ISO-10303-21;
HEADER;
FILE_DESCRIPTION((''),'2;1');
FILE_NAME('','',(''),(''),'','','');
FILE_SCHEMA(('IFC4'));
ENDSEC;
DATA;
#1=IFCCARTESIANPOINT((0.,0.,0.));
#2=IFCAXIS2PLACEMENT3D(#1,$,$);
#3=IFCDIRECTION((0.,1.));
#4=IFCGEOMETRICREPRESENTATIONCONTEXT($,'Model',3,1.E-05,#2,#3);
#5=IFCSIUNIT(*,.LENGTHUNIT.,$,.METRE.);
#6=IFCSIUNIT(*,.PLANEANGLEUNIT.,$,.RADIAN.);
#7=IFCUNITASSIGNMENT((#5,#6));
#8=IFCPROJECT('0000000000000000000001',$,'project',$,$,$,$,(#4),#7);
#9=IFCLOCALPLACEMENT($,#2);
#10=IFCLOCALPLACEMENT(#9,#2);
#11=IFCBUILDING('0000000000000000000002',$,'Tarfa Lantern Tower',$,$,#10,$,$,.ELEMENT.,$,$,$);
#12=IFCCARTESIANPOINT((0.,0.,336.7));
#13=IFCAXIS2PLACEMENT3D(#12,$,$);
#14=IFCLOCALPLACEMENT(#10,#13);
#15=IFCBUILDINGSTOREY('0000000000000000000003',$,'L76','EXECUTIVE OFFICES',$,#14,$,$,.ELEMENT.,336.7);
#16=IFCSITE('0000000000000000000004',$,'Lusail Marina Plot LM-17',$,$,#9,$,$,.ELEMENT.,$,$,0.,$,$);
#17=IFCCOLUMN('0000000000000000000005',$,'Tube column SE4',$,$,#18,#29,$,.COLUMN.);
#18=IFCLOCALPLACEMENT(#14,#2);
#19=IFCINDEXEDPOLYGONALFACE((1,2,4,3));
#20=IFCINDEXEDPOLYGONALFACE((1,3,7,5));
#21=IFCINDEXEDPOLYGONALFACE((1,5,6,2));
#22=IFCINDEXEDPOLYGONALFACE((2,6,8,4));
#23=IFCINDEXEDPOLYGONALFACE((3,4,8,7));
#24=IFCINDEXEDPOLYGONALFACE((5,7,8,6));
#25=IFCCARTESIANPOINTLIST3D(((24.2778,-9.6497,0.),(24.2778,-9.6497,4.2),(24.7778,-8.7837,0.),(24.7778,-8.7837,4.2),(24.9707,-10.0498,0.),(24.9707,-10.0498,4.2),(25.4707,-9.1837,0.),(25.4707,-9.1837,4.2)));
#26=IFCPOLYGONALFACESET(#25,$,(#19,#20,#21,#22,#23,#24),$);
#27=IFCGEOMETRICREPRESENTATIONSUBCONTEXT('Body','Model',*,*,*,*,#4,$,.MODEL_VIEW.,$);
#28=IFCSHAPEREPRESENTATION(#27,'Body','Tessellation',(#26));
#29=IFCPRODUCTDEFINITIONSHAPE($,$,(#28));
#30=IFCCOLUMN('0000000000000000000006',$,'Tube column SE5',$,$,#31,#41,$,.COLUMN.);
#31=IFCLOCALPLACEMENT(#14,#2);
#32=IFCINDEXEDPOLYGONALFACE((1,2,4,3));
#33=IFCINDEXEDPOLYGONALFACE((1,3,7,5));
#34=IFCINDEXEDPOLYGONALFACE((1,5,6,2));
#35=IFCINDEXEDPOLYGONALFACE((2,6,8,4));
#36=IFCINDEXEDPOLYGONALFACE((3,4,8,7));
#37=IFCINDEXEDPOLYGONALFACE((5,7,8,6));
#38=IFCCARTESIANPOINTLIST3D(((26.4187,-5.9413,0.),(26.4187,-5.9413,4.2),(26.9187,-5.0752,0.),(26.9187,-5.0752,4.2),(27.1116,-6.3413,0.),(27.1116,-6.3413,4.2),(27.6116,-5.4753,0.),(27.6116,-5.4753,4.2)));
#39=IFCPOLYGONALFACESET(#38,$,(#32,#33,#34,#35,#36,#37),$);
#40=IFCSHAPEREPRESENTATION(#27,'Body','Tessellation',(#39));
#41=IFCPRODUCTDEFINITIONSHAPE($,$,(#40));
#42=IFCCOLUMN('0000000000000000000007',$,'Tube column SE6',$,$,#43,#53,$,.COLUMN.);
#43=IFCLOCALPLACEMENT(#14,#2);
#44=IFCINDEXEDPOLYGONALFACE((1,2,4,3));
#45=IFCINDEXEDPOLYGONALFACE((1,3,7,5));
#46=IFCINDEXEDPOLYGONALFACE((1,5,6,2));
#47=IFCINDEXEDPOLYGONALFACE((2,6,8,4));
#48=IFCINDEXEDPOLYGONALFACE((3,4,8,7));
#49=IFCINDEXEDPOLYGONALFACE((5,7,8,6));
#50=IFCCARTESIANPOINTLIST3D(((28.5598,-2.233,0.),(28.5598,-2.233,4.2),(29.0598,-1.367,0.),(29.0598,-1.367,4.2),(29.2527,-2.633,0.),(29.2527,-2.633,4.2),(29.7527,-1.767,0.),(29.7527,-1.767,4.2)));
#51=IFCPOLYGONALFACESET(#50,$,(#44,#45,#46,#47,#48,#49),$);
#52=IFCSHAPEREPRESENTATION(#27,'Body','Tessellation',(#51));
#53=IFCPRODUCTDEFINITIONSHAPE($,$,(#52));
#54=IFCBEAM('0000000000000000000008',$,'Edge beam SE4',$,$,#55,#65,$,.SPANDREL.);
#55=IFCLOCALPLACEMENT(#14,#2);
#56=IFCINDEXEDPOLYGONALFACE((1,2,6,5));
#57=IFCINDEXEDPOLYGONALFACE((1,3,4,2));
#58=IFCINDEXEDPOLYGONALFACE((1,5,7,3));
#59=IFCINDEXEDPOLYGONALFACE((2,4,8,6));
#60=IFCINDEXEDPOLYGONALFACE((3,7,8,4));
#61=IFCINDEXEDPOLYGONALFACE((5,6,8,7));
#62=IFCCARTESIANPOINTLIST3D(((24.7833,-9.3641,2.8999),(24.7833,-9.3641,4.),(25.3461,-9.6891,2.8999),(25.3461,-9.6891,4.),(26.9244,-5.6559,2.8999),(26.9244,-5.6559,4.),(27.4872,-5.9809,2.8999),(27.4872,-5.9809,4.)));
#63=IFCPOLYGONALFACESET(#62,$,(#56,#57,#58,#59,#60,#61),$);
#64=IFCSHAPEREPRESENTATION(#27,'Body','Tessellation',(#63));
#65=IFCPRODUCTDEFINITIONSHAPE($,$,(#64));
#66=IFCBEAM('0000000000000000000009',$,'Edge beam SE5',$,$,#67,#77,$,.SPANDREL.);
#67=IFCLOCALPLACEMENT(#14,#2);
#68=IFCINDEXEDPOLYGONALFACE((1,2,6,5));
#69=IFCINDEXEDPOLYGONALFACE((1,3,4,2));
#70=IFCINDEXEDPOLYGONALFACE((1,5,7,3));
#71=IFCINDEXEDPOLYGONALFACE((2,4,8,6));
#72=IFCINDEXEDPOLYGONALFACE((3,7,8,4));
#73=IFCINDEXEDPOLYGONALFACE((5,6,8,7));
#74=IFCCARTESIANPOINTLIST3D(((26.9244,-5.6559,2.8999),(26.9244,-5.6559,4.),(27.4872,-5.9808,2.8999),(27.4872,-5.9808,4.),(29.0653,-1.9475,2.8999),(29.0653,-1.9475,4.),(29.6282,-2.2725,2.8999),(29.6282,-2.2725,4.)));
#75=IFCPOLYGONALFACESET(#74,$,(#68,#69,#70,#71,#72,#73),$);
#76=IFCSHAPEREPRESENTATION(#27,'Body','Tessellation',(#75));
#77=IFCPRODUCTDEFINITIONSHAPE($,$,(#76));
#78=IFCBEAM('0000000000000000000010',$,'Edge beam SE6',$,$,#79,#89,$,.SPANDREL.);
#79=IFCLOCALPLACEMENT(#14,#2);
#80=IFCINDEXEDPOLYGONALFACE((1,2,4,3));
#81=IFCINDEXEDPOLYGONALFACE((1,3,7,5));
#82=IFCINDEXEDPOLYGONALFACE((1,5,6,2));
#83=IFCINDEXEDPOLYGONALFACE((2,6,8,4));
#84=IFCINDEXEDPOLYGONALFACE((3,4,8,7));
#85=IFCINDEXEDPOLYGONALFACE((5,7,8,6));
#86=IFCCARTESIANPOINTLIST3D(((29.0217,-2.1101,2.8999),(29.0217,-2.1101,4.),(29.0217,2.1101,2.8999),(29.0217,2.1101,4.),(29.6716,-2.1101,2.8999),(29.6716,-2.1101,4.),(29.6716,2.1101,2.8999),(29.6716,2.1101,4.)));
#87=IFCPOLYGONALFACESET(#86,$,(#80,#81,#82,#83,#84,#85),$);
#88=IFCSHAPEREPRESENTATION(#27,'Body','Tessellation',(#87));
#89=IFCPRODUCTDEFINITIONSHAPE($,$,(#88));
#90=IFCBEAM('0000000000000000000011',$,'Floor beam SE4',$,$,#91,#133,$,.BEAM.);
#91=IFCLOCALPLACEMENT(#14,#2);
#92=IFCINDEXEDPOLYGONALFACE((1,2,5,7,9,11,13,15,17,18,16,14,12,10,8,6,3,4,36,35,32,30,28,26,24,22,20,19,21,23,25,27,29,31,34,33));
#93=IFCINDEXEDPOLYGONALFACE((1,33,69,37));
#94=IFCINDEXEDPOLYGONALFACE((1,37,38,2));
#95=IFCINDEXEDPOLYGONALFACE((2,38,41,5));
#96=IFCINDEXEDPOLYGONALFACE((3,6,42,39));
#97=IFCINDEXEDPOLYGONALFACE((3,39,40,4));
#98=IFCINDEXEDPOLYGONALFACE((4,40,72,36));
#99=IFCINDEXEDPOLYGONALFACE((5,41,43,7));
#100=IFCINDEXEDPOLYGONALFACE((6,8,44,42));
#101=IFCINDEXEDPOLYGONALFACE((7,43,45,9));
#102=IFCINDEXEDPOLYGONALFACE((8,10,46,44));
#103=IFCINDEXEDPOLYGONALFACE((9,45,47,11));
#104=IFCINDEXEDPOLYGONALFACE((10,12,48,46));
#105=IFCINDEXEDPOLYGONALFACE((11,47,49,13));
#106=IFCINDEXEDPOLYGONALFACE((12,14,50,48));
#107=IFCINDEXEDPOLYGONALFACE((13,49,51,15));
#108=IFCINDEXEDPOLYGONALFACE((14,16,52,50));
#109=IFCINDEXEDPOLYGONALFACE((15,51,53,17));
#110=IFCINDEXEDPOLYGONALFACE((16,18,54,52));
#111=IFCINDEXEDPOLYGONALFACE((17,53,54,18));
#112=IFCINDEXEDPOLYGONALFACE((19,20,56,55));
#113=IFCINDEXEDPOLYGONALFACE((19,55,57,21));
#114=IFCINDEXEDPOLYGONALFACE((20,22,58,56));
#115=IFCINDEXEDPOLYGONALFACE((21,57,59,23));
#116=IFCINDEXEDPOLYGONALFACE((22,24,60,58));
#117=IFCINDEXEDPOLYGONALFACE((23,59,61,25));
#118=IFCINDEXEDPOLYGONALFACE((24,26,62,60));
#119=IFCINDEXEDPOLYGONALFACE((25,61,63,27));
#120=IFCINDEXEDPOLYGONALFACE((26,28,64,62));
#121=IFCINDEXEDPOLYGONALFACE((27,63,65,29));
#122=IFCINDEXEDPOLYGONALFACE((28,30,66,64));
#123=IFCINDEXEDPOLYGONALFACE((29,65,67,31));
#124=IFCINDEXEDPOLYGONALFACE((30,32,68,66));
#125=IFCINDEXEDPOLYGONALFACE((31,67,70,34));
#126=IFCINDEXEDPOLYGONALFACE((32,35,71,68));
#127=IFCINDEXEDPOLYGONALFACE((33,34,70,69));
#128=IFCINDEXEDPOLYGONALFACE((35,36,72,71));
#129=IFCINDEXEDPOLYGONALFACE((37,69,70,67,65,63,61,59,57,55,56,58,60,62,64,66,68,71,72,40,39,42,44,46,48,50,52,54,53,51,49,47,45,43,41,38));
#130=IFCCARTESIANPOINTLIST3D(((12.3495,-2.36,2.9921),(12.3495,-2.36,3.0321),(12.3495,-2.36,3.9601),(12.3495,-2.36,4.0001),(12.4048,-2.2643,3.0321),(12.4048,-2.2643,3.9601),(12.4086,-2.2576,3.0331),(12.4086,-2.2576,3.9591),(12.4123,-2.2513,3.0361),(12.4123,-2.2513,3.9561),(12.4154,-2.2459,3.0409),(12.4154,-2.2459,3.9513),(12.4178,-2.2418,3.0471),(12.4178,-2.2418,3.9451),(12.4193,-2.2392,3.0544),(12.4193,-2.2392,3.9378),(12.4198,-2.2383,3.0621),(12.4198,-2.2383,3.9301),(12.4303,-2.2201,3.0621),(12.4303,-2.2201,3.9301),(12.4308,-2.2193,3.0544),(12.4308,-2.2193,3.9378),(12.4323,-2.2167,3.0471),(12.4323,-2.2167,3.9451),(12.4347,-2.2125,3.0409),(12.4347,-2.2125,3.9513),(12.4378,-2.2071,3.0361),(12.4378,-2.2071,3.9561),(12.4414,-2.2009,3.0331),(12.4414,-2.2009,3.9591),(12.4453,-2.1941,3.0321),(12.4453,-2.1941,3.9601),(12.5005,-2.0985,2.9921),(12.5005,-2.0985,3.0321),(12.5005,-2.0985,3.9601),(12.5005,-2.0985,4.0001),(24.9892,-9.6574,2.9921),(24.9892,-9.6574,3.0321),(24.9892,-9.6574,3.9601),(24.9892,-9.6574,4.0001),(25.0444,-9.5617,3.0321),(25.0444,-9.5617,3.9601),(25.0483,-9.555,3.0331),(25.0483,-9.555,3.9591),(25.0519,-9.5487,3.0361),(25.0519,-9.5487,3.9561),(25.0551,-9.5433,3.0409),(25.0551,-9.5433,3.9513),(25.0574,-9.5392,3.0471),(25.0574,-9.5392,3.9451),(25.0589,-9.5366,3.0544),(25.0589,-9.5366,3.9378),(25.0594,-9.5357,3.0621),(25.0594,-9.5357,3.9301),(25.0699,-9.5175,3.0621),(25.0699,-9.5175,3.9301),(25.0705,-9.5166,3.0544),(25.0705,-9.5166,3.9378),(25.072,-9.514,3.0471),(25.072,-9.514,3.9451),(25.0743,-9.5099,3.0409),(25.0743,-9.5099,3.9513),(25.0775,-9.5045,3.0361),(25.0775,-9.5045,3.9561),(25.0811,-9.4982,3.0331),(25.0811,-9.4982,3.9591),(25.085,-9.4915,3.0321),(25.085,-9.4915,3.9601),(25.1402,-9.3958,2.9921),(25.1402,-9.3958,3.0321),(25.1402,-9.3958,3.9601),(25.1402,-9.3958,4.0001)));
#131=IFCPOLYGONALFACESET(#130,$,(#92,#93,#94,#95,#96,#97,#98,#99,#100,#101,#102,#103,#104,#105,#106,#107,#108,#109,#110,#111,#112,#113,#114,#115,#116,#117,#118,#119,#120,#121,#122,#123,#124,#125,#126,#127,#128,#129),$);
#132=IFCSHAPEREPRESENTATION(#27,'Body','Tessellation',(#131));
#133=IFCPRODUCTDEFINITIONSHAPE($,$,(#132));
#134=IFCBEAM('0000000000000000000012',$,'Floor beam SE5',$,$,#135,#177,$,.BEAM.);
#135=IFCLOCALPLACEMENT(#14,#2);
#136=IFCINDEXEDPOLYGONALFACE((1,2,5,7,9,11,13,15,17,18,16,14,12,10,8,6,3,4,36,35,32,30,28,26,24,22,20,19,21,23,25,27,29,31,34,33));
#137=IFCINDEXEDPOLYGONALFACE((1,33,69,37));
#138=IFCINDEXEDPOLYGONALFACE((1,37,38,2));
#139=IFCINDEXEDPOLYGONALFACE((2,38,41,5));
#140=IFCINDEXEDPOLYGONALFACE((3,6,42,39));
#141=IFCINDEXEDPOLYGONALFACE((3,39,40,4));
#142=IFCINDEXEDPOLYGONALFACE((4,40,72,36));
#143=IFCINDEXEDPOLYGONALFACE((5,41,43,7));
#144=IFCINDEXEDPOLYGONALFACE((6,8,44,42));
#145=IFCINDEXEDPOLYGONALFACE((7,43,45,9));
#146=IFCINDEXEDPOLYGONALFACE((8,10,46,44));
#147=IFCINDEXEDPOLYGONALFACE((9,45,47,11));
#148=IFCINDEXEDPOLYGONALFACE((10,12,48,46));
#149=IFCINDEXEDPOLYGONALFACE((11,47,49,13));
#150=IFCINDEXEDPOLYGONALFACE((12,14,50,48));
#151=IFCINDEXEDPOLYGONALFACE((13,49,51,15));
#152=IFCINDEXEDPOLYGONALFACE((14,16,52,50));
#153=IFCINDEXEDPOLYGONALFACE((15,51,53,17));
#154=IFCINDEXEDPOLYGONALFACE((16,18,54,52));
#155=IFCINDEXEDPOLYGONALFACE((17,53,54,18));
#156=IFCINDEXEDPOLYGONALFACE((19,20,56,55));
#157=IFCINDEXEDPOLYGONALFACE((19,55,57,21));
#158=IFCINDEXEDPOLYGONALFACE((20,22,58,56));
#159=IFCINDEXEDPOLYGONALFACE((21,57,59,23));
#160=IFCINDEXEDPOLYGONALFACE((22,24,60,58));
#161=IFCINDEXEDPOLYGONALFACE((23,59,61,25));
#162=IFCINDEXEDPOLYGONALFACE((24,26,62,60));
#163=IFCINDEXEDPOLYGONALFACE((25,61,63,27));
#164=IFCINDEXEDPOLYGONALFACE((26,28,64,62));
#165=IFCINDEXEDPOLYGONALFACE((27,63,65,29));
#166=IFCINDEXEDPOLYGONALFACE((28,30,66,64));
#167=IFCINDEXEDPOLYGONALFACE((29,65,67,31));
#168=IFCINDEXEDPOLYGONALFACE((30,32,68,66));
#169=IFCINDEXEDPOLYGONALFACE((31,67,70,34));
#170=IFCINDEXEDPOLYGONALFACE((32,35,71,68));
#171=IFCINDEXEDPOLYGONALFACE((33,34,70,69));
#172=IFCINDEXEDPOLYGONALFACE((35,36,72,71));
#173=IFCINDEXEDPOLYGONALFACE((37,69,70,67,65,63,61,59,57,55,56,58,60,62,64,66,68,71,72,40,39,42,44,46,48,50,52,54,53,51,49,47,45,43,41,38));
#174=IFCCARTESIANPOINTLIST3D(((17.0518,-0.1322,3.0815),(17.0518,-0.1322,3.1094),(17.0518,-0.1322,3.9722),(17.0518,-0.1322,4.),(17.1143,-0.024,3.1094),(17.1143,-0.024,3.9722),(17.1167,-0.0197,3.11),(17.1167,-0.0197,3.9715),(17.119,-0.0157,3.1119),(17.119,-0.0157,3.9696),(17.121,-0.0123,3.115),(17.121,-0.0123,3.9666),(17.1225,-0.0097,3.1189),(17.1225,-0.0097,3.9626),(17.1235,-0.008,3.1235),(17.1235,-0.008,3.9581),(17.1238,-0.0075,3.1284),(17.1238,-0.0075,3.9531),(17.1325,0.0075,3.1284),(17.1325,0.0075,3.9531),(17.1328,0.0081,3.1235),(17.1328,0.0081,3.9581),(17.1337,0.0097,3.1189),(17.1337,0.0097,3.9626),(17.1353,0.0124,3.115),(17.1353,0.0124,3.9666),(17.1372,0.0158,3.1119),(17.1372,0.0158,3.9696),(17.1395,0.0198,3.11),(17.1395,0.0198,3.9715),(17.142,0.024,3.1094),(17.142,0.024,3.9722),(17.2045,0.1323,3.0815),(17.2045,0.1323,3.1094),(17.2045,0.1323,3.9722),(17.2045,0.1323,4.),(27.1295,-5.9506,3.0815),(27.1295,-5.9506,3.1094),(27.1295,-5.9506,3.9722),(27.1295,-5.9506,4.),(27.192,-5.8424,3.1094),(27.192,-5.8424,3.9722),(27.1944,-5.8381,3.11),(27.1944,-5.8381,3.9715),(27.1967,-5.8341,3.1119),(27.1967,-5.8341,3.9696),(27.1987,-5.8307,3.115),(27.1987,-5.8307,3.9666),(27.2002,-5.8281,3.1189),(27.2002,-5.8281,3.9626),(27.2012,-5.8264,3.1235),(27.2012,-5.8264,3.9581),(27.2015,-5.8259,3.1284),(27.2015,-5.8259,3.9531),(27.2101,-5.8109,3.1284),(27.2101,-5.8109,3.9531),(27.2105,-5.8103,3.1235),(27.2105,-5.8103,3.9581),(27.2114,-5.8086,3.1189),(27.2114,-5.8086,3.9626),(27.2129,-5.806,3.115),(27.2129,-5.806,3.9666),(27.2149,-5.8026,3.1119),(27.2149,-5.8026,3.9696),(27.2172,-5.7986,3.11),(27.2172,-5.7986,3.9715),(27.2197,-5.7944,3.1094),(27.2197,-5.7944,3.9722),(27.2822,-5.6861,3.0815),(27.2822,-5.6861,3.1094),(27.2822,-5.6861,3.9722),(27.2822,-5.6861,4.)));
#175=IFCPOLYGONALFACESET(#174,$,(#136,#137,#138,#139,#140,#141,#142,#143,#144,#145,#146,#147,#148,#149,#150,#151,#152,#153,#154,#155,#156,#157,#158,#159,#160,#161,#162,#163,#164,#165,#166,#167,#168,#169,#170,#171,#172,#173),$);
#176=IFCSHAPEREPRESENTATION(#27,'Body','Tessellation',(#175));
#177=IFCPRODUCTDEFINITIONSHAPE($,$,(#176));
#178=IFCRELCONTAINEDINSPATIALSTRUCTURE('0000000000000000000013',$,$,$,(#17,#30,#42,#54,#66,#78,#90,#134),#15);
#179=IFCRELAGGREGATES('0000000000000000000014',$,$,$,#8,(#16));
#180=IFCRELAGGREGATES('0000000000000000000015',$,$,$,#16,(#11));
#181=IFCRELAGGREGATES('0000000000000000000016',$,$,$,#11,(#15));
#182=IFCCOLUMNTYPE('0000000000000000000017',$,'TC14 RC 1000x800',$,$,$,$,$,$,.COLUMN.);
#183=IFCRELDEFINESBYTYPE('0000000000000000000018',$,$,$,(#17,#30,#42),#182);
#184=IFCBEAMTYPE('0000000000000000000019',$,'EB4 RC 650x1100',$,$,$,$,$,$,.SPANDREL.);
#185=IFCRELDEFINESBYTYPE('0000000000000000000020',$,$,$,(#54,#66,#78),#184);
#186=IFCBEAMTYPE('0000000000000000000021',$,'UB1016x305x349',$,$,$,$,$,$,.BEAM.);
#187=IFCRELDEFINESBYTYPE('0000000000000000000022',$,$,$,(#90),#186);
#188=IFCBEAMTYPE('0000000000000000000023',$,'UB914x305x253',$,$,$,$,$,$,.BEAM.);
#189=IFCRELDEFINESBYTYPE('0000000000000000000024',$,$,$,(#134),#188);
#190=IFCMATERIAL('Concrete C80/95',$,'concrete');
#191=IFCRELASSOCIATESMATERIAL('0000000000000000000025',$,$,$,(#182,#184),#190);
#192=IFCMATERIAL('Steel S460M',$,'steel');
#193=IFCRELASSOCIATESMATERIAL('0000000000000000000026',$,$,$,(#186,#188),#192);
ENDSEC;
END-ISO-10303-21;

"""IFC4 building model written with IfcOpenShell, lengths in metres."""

from ifc_helpers import new_model, si_unit, direction, frame, origin, origin_2d, place, context, subcontext, project, spatial, rectangle, i_section, extrude, material, material_profile, profile_set, type_object, element, save


model = new_model("IFC4")

# Units and contexts
model_context = context("Model", 3, precision=1e-05, world=origin(), true_north=direction((0.0, 1.0)))
body_context = subcontext(model_context, "Body", "Model", "MODEL_VIEW")
ifc_project = project(units=[si_unit("LENGTHUNIT", "METRE"), si_unit("PLANEANGLEUNIT", "RADIAN")], contexts=[model_context])

# Site, building, storey
site_placement = place(None, origin())
site = spatial("IfcSite", under=ifc_project, at=site_placement, Name="Lusail Marina Plot LM-17", CompositionType="ELEMENT", RefElevation=0.0)
building_placement = place(site_placement, origin())
building = spatial("IfcBuilding", under=site, at=building_placement, Name="Tarfa Lantern Tower", CompositionType="ELEMENT")
storey_placement = place(building_placement, frame((0.0, 0.0, 336.7)))
storey = spatial("IfcBuildingStorey", under=building, at=storey_placement, Name="L76", Description="EXECUTIVE OFFICES", CompositionType="ELEMENT", Elevation=336.7)

# Columns
ifc_material_1 = material(Name="Concrete C80/95", Category="concrete")
ifc_material_profile_1 = material_profile(ifc_material_1, rectangle(XDim=1.0, YDim=0.8, at=origin_2d()), Name="RC 1000x800")
ifc_profile_set_1 = profile_set([ifc_material_profile_1], Name="Concrete C80/95")
column_type = type_object("IfcColumnType", Name="TC14 RC 1000x800", PredefinedType="COLUMN", material=ifc_profile_set_1)
for number, where, z_axis, x_axis, name in (
    (1, (24.8743, -9.4167, 0.0), (0.0, 0.0, 1.0), (0.5, 0.866025, 0.0), "Tube column SE4"),
    (2, (27.0151, -5.7083, 0.0), (0.0, 0.0, 1.0), (0.5, 0.866025, 0.0), "Tube column SE5"),
    (3, (29.1562, -2.0, 0.0), (0.0, 0.0, 1.0), (0.5, 0.866025, 0.0), "Tube column SE6"),
):
    element("IfcColumn", number, at=place(storey_placement, frame(where, z_axis=z_axis, x_axis=x_axis)), inside=storey, type_object=column_type, Name=name, PredefinedType="COLUMN", context=body_context, shape_type="SweptSolid", body=[
        extrude(rectangle(XDim=1.0, YDim=0.8, at=origin_2d()), origin(), (0.0, 0.0, 1.0), 4.2),
    ])

# Beams
ifc_material_profile_2 = material_profile(ifc_material_1, rectangle(XDim=0.6499, YDim=1.1001, at=origin_2d()), Name="RC 650x1100")
ifc_profile_set_2 = profile_set([ifc_material_profile_2], Name="Concrete C80/95")
beam_type_1 = type_object("IfcBeamType", Name="EB4 RC 650x1100", PredefinedType="SPANDREL", material=ifc_profile_set_2)
for number, where, z_axis, x_axis, name in (
    (4, (25.0647, -9.5266, 3.45), (0.500027, 0.86601, 0.0), (-0.86601, 0.500027, 0.0), "Edge beam SE4"),
    (5, (27.2058, -5.8184, 3.45), (0.499984, 0.866035, 0.0), (-0.866035, 0.499984, 0.0), "Edge beam SE5"),
):
    element("IfcBeam", number, at=place(storey_placement, frame(where, z_axis=z_axis, x_axis=x_axis)), inside=storey, type_object=beam_type_1, Name=name, PredefinedType="SPANDREL", context=body_context, shape_type="SweptSolid", body=[
        extrude(rectangle(XDim=0.6499, YDim=1.1001, at=origin_2d()), origin(), (0.0, 0.0, 1.0), 4.282),
    ])
beam_1_placement = place(storey_placement, frame((29.3467, -2.1101, 3.45), z_axis=(0.0, 1.0, 0.0), x_axis=(-1.0, 0.0, 0.0)))
element("IfcBeam", 6, at=beam_1_placement, inside=storey, type_object=beam_type_1, Name="Edge beam SE6", PredefinedType="SPANDREL", context=body_context, shape_type="SweptSolid", body=[
    extrude(rectangle(XDim=0.6499, YDim=1.1001, at=origin_2d()), origin(), (0.0, 0.0, 1.0), 4.2202),
])
ifc_material_2 = material(Name="Steel S460M", Category="steel")
ifc_material_profile_3 = material_profile(ifc_material_2, i_section(OverallWidth=0.302, OverallDepth=1.0081, WebThickness=0.021, FlangeThickness=0.04, FilletRadius=0.03, at=origin_2d()), Name="UB1016x305x349")
ifc_profile_set_3 = profile_set([ifc_material_profile_3], Name="Steel S460M")
beam_type_2 = type_object("IfcBeamType", Name="UB1016x305x349", PredefinedType="BEAM", material=ifc_profile_set_3)
beam_2_placement = place(storey_placement, frame((25.0647, -9.5266, 3.4961), z_axis=(-0.86603, 0.499993, 0.0), x_axis=(-0.499993, -0.86603, 0.0)))
element("IfcBeam", 7, at=beam_2_placement, inside=storey, type_object=beam_type_2, Name="Floor beam SE4", PredefinedType="BEAM", context=body_context, shape_type="SweptSolid", body=[
    extrude(i_section(OverallWidth=0.302, OverallDepth=1.0081, WebThickness=0.021, FlangeThickness=0.04, FilletRadius=0.03, at=origin_2d()), origin(), (0.0, 0.0, 1.0), 14.595),
])
ifc_material_profile_4 = material_profile(ifc_material_2, i_section(OverallWidth=0.3054, OverallDepth=0.9185, WebThickness=0.0173, FlangeThickness=0.0278, FilletRadius=0.019, at=origin_2d()), Name="UB914x305x253")
ifc_profile_set_4 = profile_set([ifc_material_profile_4], Name="Steel S460M")
beam_type_3 = type_object("IfcBeamType", Name="UB914x305x253", PredefinedType="BEAM", material=ifc_profile_set_4)
beam_3_placement = place(storey_placement, frame((27.2058, -5.8184, 3.5408), z_axis=(-0.866024, 0.500002, 0.0), x_axis=(-0.500002, -0.866024, 0.0)))
element("IfcBeam", 8, at=beam_3_placement, inside=storey, type_object=beam_type_3, Name="Floor beam SE5", PredefinedType="BEAM", context=body_context, shape_type="SweptSolid", body=[
    extrude(i_section(OverallWidth=0.3054, OverallDepth=0.9185, WebThickness=0.0173, FlangeThickness=0.0278, FilletRadius=0.019, at=origin_2d()), origin(), (0.0, 0.0, 1.0), 11.6367),
])

save(model, "model.ifc")
